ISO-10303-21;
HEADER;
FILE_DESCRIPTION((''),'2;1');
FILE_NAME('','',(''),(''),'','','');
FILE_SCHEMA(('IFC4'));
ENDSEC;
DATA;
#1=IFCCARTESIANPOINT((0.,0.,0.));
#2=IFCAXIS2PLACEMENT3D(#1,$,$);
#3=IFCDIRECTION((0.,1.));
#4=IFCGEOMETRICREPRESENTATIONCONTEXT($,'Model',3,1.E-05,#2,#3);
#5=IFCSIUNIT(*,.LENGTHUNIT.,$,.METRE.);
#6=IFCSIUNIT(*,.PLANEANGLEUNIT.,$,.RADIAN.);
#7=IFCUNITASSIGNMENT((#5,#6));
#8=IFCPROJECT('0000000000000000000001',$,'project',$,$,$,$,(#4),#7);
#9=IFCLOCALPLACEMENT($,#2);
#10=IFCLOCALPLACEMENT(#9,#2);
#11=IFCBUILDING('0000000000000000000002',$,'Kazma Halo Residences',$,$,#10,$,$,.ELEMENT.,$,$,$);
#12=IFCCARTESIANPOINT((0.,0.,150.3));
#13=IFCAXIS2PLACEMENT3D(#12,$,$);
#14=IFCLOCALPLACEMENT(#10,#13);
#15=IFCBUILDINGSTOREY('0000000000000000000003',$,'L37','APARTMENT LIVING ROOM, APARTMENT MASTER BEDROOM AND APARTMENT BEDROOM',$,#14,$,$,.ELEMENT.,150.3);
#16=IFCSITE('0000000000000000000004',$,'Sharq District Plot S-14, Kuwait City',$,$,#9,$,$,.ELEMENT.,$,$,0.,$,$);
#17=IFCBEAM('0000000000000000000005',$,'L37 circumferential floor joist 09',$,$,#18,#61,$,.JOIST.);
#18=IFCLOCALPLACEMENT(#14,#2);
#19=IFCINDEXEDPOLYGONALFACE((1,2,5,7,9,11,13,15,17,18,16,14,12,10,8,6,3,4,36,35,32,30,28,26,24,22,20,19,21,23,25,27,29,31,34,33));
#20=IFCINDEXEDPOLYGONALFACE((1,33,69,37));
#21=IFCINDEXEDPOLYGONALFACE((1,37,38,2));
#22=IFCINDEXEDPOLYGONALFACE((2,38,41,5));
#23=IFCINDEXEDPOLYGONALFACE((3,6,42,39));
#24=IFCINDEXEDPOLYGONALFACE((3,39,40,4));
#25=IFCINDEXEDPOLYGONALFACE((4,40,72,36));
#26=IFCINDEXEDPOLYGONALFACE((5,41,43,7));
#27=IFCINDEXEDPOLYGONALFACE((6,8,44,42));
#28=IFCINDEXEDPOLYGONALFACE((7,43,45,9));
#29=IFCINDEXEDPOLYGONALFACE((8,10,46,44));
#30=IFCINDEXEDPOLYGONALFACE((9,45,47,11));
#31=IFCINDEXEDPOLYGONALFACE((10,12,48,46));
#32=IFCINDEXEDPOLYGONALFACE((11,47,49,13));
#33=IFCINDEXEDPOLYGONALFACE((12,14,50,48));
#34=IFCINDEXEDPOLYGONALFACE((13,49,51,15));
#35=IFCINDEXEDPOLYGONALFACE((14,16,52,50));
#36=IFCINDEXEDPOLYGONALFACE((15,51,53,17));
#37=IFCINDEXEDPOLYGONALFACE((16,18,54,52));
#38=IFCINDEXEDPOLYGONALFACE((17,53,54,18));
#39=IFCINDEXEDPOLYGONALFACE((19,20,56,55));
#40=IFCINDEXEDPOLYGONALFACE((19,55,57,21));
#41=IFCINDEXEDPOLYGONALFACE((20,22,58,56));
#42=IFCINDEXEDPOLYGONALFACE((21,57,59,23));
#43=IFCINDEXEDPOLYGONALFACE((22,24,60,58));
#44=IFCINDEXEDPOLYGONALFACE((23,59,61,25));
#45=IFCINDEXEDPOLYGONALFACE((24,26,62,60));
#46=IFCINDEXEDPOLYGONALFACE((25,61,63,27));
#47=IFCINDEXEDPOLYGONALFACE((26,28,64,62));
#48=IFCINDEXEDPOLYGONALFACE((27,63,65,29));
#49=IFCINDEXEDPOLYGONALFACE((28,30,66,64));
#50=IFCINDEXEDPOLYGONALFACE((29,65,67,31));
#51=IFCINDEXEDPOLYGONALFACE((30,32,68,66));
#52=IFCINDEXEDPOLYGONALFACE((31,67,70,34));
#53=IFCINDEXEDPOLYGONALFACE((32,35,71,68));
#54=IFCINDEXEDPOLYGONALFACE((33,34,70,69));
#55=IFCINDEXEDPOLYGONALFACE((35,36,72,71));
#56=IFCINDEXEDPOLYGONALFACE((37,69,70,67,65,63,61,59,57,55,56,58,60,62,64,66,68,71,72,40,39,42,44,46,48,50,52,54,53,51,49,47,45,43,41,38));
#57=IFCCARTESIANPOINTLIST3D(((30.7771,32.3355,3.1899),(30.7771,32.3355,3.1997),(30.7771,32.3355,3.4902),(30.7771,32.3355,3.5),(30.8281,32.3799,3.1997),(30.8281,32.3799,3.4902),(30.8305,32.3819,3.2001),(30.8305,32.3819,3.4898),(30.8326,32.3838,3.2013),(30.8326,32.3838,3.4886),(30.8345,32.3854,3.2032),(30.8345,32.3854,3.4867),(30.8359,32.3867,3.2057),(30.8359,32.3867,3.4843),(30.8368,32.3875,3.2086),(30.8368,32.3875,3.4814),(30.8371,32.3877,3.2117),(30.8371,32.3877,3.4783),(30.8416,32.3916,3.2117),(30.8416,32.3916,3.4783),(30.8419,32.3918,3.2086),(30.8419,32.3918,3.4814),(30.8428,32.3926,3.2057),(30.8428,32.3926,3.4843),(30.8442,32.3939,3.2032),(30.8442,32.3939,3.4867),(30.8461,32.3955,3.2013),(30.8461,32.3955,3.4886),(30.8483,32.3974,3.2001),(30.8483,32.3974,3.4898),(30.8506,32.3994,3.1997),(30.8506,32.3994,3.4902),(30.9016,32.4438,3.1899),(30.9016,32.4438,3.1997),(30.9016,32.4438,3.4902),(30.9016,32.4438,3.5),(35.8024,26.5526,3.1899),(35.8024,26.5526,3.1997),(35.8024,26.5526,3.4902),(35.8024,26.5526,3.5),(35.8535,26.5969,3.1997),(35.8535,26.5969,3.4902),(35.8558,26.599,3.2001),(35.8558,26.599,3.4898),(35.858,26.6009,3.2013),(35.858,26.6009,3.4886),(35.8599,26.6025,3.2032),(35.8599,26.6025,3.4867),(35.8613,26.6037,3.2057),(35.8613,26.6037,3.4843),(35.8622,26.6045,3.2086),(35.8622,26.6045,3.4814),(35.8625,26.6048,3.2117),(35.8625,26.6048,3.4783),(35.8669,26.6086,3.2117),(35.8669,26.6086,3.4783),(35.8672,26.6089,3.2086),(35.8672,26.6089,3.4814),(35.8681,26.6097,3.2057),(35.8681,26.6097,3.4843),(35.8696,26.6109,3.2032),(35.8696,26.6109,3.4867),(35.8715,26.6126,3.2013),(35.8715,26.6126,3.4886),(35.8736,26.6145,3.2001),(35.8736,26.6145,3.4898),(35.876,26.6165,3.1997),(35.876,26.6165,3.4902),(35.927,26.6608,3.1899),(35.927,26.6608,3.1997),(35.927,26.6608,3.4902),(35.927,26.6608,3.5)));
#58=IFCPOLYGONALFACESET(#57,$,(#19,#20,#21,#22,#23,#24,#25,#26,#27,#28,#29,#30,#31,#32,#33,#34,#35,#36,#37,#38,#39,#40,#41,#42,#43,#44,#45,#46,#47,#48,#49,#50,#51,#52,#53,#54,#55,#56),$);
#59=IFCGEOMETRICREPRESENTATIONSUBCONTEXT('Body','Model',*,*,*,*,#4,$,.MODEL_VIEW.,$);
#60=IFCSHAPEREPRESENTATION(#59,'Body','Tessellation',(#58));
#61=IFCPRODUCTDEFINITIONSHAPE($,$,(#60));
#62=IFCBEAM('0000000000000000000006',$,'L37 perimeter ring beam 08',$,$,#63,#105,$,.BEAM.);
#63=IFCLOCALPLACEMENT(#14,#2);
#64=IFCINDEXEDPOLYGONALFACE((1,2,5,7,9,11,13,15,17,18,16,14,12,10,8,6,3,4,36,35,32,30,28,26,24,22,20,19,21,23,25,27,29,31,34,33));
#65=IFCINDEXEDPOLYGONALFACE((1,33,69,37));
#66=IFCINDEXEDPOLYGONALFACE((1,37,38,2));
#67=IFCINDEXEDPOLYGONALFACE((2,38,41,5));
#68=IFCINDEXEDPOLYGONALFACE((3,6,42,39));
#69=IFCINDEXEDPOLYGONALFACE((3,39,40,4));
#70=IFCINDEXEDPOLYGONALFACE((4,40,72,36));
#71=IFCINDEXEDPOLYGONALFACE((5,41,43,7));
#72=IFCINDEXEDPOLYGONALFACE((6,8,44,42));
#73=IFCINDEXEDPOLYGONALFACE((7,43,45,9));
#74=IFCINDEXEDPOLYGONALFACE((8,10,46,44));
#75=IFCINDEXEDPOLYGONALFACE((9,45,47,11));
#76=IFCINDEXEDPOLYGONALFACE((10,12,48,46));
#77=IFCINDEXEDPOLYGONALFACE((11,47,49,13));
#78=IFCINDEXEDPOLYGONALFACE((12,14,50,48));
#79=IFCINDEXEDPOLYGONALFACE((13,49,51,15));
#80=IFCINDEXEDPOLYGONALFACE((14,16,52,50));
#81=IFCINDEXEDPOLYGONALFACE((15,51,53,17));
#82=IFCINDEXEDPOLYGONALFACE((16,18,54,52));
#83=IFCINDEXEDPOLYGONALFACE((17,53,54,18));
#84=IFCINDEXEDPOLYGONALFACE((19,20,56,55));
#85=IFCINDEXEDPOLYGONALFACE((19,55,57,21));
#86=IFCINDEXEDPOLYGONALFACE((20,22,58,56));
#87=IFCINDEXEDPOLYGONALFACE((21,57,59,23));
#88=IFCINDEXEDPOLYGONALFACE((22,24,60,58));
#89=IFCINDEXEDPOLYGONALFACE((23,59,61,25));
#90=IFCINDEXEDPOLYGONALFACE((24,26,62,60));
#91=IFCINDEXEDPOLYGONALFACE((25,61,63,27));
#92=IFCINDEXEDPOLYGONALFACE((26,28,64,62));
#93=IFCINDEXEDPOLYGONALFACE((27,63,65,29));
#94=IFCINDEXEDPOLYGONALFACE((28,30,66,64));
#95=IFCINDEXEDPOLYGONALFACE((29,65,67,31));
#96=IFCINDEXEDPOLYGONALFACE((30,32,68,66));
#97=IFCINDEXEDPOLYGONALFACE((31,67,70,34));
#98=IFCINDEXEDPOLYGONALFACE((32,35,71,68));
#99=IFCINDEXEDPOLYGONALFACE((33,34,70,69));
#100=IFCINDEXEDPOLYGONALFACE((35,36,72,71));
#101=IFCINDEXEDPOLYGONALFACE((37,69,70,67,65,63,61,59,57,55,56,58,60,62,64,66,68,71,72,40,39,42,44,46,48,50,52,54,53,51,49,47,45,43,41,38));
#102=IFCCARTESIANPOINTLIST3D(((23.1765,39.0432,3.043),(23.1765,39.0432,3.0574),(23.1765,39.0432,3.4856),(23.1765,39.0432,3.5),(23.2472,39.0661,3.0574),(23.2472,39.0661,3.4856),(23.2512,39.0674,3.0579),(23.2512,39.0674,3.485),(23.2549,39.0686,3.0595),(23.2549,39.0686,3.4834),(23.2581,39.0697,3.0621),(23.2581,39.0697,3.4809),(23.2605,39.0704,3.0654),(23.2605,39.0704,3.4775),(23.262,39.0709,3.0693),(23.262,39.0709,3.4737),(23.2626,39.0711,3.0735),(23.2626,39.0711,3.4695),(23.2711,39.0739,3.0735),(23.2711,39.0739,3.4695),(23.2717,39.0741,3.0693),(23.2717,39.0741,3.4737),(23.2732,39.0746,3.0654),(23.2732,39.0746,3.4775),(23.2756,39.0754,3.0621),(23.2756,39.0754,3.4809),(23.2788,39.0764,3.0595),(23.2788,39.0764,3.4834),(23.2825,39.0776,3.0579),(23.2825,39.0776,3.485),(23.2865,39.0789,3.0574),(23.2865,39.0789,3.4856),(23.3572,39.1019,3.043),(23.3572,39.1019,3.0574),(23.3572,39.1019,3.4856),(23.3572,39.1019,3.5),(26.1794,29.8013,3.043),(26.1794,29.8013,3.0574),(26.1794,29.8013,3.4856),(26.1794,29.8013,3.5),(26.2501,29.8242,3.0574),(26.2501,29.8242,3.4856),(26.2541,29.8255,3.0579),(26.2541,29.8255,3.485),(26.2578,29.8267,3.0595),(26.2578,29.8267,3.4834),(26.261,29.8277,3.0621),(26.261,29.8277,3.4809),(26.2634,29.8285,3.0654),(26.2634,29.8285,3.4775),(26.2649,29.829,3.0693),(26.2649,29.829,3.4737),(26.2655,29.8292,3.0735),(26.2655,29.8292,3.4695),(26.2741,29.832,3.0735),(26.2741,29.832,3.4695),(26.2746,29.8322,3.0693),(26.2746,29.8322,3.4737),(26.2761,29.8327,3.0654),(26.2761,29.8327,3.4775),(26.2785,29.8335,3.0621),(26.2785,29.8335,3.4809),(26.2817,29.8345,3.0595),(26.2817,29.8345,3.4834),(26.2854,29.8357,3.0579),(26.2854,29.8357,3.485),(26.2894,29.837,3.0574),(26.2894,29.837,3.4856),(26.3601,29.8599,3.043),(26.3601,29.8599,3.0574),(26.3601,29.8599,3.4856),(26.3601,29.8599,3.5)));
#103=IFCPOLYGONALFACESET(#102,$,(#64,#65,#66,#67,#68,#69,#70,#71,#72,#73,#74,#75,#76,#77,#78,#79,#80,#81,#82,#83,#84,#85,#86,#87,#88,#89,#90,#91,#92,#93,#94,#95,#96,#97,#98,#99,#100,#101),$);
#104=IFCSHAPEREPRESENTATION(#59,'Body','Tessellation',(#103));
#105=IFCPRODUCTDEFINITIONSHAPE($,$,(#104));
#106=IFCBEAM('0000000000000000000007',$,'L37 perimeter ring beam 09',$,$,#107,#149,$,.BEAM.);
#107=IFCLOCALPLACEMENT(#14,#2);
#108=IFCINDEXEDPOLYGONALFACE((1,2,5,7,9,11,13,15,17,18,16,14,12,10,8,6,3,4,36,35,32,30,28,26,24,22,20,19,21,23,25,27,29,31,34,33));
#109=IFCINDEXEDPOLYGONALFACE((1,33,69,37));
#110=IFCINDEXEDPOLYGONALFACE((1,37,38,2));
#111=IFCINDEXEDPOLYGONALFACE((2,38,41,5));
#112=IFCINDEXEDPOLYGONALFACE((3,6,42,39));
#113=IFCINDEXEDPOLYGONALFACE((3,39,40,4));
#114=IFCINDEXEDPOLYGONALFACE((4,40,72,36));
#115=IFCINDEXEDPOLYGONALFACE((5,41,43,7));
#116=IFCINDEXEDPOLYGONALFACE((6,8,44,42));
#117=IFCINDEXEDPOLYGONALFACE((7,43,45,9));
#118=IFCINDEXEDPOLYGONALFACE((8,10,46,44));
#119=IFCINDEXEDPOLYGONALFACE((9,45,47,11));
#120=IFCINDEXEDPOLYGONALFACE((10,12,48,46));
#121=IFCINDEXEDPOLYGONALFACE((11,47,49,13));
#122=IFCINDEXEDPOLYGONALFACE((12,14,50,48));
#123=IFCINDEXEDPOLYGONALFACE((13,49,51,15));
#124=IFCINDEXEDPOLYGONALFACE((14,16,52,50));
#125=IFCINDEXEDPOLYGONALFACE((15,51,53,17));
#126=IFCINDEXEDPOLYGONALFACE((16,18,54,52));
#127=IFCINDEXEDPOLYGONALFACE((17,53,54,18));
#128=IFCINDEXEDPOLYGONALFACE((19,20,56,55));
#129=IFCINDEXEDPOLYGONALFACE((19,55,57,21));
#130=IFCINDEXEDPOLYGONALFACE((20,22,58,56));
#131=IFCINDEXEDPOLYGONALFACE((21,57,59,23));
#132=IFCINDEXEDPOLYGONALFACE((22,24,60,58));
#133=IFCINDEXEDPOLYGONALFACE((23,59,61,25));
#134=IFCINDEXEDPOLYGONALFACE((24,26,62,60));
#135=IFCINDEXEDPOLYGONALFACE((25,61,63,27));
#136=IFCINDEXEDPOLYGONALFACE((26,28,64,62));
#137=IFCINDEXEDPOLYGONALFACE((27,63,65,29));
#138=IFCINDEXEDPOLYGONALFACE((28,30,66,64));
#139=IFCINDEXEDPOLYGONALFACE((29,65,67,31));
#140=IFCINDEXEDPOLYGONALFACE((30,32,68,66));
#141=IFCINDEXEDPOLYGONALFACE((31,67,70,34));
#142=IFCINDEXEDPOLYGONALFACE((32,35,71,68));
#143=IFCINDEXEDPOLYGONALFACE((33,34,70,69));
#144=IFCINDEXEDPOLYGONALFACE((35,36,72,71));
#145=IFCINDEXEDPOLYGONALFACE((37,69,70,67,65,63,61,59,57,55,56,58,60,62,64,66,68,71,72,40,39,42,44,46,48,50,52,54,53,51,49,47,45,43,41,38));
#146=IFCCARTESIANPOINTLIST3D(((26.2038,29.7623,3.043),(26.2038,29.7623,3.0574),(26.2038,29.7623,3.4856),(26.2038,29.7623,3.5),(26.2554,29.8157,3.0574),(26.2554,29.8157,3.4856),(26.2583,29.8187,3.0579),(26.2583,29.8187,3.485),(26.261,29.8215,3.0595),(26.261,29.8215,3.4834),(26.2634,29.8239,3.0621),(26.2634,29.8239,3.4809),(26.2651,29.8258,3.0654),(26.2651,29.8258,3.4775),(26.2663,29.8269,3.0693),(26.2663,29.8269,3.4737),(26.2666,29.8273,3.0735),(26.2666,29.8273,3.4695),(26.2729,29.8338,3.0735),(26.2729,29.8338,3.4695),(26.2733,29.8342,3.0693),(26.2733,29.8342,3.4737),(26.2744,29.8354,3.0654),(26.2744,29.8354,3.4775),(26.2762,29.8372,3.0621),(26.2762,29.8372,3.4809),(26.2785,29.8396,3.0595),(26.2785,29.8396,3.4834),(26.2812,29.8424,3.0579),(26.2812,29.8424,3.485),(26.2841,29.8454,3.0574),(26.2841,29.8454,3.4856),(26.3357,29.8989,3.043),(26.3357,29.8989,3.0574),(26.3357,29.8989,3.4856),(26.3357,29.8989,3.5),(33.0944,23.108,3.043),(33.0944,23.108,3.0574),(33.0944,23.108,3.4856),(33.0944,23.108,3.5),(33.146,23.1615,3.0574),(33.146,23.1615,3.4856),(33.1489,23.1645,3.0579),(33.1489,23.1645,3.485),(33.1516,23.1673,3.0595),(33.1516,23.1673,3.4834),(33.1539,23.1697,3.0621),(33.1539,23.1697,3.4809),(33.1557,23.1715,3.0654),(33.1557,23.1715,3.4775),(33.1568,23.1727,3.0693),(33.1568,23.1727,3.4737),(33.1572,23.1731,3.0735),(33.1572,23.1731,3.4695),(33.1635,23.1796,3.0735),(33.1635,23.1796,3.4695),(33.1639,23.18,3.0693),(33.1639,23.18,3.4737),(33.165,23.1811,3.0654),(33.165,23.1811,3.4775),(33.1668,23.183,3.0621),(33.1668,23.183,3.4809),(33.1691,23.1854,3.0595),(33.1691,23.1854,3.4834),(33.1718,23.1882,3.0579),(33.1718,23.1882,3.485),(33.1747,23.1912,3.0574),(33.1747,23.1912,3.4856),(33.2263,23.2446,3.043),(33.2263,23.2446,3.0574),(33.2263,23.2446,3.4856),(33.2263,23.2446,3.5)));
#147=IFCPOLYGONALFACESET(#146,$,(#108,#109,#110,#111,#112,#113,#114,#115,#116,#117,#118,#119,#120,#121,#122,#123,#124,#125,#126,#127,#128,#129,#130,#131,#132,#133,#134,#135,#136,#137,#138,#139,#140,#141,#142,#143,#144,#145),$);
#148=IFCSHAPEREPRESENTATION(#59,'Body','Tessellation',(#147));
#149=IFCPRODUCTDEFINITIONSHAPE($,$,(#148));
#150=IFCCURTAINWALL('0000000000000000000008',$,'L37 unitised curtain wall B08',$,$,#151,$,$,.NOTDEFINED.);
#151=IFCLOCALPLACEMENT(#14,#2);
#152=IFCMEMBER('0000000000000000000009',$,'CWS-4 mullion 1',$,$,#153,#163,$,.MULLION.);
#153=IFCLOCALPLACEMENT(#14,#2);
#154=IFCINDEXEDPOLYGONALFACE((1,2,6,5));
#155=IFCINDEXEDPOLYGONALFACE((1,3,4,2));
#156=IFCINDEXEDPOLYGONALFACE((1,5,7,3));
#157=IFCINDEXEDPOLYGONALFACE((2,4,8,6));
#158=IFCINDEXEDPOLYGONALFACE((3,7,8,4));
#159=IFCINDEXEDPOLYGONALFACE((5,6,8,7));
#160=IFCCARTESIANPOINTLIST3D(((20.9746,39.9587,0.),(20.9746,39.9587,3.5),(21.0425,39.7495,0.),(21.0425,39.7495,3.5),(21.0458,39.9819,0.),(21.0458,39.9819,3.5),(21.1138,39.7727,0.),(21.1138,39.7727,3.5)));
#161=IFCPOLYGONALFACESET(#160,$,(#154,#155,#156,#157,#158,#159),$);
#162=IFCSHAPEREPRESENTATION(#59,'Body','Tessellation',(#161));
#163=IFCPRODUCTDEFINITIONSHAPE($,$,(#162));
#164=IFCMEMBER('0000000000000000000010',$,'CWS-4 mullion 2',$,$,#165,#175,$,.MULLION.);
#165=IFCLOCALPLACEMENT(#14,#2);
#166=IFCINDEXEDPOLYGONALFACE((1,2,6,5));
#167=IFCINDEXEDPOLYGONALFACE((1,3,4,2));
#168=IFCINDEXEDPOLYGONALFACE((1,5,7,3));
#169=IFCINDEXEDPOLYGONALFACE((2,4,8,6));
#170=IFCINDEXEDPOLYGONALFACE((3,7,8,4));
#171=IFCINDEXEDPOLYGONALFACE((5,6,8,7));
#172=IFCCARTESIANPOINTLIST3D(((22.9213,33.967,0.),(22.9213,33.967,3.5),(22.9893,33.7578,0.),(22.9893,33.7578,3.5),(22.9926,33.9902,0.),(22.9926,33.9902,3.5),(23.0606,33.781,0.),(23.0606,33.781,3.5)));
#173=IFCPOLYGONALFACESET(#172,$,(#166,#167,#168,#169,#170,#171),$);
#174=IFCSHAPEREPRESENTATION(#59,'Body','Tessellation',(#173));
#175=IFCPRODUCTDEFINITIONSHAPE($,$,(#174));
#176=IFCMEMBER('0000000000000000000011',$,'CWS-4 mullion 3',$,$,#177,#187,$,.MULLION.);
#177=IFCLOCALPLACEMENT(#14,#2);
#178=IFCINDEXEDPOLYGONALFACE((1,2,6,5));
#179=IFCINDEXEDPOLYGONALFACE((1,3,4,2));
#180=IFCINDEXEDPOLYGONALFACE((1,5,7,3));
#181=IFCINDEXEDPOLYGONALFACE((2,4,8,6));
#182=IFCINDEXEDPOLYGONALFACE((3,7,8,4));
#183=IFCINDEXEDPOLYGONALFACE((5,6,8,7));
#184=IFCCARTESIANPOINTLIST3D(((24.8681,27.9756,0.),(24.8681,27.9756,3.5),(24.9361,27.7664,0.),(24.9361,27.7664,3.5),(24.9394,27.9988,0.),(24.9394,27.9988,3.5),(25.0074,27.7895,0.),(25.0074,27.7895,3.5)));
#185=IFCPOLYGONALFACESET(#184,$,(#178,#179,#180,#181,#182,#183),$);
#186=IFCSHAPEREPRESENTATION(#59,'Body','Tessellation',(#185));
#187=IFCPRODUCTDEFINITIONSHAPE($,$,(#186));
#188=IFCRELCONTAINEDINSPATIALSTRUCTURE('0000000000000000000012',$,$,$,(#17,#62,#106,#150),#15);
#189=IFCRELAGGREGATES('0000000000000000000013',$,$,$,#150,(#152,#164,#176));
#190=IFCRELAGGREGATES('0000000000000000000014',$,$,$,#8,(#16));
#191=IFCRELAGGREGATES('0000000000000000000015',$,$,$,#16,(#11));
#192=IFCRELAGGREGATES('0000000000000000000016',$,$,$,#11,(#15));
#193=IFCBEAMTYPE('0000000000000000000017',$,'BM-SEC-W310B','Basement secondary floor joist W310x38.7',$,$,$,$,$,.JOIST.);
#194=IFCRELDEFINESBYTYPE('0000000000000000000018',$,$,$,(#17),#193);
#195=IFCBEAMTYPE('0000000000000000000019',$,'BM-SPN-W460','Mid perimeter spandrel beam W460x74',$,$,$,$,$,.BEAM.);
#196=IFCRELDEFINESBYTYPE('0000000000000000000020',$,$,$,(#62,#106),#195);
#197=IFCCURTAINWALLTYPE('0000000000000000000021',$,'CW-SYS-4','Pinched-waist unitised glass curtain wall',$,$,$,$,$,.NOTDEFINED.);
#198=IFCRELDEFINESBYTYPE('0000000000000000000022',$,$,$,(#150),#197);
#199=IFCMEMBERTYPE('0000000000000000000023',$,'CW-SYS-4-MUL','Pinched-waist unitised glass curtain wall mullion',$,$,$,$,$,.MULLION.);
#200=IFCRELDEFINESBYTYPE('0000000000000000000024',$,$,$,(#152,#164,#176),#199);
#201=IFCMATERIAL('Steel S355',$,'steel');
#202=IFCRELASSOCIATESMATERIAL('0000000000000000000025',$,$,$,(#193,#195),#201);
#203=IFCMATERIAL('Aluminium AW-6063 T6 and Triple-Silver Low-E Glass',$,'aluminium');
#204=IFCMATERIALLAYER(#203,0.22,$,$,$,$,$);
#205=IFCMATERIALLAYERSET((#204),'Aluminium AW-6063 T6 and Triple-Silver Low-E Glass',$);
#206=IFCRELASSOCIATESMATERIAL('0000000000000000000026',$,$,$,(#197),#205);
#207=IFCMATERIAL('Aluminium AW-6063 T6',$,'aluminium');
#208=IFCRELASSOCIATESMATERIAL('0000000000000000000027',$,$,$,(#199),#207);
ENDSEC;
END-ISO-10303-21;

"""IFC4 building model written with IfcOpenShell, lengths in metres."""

from ifc_helpers import new_model, si_unit, direction, frame, origin, origin_2d, place, context, subcontext, project, spatial, rectangle, i_section, extrude, material, layer, layer_set, material_profile, profile_set, type_object, element, aggregate, save


model = new_model("IFC4")

# Units and contexts
model_context = context("Model", 3, precision=1e-05, world=origin(), true_north=direction((0.0, 1.0)))
body_context = subcontext(model_context, "Body", "Model", "MODEL_VIEW")
ifc_project = project(units=[si_unit("LENGTHUNIT", "METRE"), si_unit("PLANEANGLEUNIT", "RADIAN")], contexts=[model_context])

# Site, building, storey
site_placement = place(None, origin())
site = spatial("IfcSite", under=ifc_project, at=site_placement, Name="Sharq District Plot S-14, Kuwait City", CompositionType="ELEMENT", RefElevation=0.0)
building_placement = place(site_placement, origin())
building = spatial("IfcBuilding", under=site, at=building_placement, Name="Kazma Halo Residences", CompositionType="ELEMENT")
storey_placement = place(building_placement, frame((0.0, 0.0, 150.3)))
storey = spatial("IfcBuildingStorey", under=building, at=storey_placement, Name="L37", Description="APARTMENT LIVING ROOM, APARTMENT MASTER BEDROOM AND APARTMENT BEDROOM", CompositionType="ELEMENT", Elevation=150.3)

# Beams
ifc_material_1 = material(Name="Steel S355", Category="steel")
ifc_material_profile_1 = material_profile(ifc_material_1, i_section(OverallWidth=0.165, OverallDepth=0.3101, WebThickness=0.0059, FlangeThickness=0.0098, FilletRadius=0.012, at=origin_2d()), Name="W310x38.7")
ifc_profile_set_1 = profile_set([ifc_material_profile_1], Name="Steel S355")
beam_type_1 = type_object("IfcBeamType", Name="BM-SEC-W310B", Description="Basement secondary floor joist W310x38.7", PredefinedType="JOIST", material=ifc_profile_set_1)
beam_1_placement = place(storey_placement, frame((30.8394, 32.3896, 3.345), z_axis=(0.655936, -0.754817, 0.0), x_axis=(0.754817, 0.655936, 0.0)))
element("IfcBeam", 1, at=beam_1_placement, inside=storey, type_object=beam_type_1, Name="L37 circumferential floor joist 09", PredefinedType="JOIST", context=body_context, shape_type="SweptSolid", body=[
    extrude(i_section(OverallWidth=0.165, OverallDepth=0.3101, WebThickness=0.0059, FlangeThickness=0.0098, FilletRadius=0.012, at=origin_2d()), origin(), (0.0, 0.0, 1.0), 7.6614),
])
ifc_material_profile_2 = material_profile(ifc_material_1, i_section(OverallWidth=0.1899, OverallDepth=0.457, WebThickness=0.009, FlangeThickness=0.0144, FilletRadius=0.0161, at=origin_2d()), Name="W460x74")
ifc_profile_set_2 = profile_set([ifc_material_profile_2], Name="Steel S355")
beam_type_2 = type_object("IfcBeamType", Name="BM-SPN-W460", Description="Mid perimeter spandrel beam W460x74", PredefinedType="BEAM", material=ifc_profile_set_2)
beam_2_placement = place(storey_placement, frame((23.2668, 39.0725, 3.2715), z_axis=(0.309021, -0.951055, 0.0), x_axis=(0.951055, 0.309021, 0.0)))
element("IfcBeam", 2, at=beam_2_placement, inside=storey, type_object=beam_type_2, Name="L37 perimeter ring beam 08", PredefinedType="BEAM", context=body_context, shape_type="SweptSolid", body=[
    extrude(i_section(OverallWidth=0.1899, OverallDepth=0.457, WebThickness=0.009, FlangeThickness=0.0144, FilletRadius=0.0161, at=origin_2d()), origin(), (0.0, 0.0, 1.0), 9.7175),
])
beam_3_placement = place(storey_placement, frame((26.2698, 29.8306, 3.2715), z_axis=(0.719335, -0.694664, 0.0), x_axis=(0.694664, 0.719335, 0.0)))
element("IfcBeam", 3, at=beam_3_placement, inside=storey, type_object=beam_type_2, Name="L37 perimeter ring beam 09", PredefinedType="BEAM", context=body_context, shape_type="SweptSolid", body=[
    extrude(i_section(OverallWidth=0.1899, OverallDepth=0.457, WebThickness=0.009, FlangeThickness=0.0144, FilletRadius=0.0161, at=origin_2d()), origin(), (0.0, 0.0, 1.0), 9.5791),
])

# Curtain wall, members
ifc_material_2 = material(Name="Aluminium AW-6063 T6 and Triple-Silver Low-E Glass", Category="aluminium")
ifc_layer_1 = layer(ifc_material_2, 0.22)
ifc_layer_set_1 = layer_set([ifc_layer_1], Name="Aluminium AW-6063 T6 and Triple-Silver Low-E Glass")
curtain_wall_type = type_object("IfcCurtainWallType", Name="CW-SYS-4", Description="Pinched-waist unitised glass curtain wall", PredefinedType="NOTDEFINED", material=ifc_layer_set_1)
curtain_wall_1_placement = place(storey_placement, origin())
curtain_wall_1 = element("IfcCurtainWall", 4, at=curtain_wall_1_placement, inside=storey, type_object=curtain_wall_type, Name="L37 unitised curtain wall B08", PredefinedType="NOTDEFINED")
ifc_material_3 = material(Name="Aluminium AW-6063 T6", Category="aluminium")
ifc_material_profile_3 = material_profile(ifc_material_3, rectangle(XDim=0.075, YDim=0.22, at=origin_2d()), Name="CWM-75x220")
ifc_profile_set_3 = profile_set([ifc_material_profile_3], Name="Aluminium AW-6063 T6")
member_type_1 = type_object("IfcMemberType", Name="CW-SYS-4-MUL", Description="Pinched-waist unitised glass curtain wall mullion", PredefinedType="MULLION", material=ifc_profile_set_3)
member_1_placement = place(storey_placement, frame((21.0442, 39.8657, 0.0), z_axis=(0.0, 0.0, 1.0), x_axis=(0.951058, 0.309014, 0.0)))
member_1 = element("IfcMember", 5, at=member_1_placement, type_object=member_type_1, Name="CWS-4 mullion 1", PredefinedType="MULLION", context=body_context, shape_type="SweptSolid", body=[
    extrude(rectangle(XDim=0.075, YDim=0.22, at=origin_2d()), origin(), (0.0, 0.0, 1.0), 3.5),
])
member_2_placement = place(storey_placement, frame((22.991, 33.874, 0.0), z_axis=(0.0, 0.0, 1.0), x_axis=(0.951058, 0.309014, 0.0)))
member_2 = element("IfcMember", 6, at=member_2_placement, type_object=member_type_1, Name="CWS-4 mullion 2", PredefinedType="MULLION", context=body_context, shape_type="SweptSolid", body=[
    extrude(rectangle(XDim=0.075, YDim=0.22, at=origin_2d()), origin(), (0.0, 0.0, 1.0), 3.5),
])
member_3_placement = place(storey_placement, frame((24.9377, 27.8826, 0.0), z_axis=(0.0, 0.0, 1.0), x_axis=(0.951058, 0.309014, 0.0)))
member_3 = element("IfcMember", 7, at=member_3_placement, type_object=member_type_1, Name="CWS-4 mullion 3", PredefinedType="MULLION", context=body_context, shape_type="SweptSolid", body=[
    extrude(rectangle(XDim=0.075, YDim=0.22, at=origin_2d()), origin(), (0.0, 0.0, 1.0), 3.5),
])

aggregate(curtain_wall_1, [member_1, member_2, member_3])

save(model, "model.ifc")
